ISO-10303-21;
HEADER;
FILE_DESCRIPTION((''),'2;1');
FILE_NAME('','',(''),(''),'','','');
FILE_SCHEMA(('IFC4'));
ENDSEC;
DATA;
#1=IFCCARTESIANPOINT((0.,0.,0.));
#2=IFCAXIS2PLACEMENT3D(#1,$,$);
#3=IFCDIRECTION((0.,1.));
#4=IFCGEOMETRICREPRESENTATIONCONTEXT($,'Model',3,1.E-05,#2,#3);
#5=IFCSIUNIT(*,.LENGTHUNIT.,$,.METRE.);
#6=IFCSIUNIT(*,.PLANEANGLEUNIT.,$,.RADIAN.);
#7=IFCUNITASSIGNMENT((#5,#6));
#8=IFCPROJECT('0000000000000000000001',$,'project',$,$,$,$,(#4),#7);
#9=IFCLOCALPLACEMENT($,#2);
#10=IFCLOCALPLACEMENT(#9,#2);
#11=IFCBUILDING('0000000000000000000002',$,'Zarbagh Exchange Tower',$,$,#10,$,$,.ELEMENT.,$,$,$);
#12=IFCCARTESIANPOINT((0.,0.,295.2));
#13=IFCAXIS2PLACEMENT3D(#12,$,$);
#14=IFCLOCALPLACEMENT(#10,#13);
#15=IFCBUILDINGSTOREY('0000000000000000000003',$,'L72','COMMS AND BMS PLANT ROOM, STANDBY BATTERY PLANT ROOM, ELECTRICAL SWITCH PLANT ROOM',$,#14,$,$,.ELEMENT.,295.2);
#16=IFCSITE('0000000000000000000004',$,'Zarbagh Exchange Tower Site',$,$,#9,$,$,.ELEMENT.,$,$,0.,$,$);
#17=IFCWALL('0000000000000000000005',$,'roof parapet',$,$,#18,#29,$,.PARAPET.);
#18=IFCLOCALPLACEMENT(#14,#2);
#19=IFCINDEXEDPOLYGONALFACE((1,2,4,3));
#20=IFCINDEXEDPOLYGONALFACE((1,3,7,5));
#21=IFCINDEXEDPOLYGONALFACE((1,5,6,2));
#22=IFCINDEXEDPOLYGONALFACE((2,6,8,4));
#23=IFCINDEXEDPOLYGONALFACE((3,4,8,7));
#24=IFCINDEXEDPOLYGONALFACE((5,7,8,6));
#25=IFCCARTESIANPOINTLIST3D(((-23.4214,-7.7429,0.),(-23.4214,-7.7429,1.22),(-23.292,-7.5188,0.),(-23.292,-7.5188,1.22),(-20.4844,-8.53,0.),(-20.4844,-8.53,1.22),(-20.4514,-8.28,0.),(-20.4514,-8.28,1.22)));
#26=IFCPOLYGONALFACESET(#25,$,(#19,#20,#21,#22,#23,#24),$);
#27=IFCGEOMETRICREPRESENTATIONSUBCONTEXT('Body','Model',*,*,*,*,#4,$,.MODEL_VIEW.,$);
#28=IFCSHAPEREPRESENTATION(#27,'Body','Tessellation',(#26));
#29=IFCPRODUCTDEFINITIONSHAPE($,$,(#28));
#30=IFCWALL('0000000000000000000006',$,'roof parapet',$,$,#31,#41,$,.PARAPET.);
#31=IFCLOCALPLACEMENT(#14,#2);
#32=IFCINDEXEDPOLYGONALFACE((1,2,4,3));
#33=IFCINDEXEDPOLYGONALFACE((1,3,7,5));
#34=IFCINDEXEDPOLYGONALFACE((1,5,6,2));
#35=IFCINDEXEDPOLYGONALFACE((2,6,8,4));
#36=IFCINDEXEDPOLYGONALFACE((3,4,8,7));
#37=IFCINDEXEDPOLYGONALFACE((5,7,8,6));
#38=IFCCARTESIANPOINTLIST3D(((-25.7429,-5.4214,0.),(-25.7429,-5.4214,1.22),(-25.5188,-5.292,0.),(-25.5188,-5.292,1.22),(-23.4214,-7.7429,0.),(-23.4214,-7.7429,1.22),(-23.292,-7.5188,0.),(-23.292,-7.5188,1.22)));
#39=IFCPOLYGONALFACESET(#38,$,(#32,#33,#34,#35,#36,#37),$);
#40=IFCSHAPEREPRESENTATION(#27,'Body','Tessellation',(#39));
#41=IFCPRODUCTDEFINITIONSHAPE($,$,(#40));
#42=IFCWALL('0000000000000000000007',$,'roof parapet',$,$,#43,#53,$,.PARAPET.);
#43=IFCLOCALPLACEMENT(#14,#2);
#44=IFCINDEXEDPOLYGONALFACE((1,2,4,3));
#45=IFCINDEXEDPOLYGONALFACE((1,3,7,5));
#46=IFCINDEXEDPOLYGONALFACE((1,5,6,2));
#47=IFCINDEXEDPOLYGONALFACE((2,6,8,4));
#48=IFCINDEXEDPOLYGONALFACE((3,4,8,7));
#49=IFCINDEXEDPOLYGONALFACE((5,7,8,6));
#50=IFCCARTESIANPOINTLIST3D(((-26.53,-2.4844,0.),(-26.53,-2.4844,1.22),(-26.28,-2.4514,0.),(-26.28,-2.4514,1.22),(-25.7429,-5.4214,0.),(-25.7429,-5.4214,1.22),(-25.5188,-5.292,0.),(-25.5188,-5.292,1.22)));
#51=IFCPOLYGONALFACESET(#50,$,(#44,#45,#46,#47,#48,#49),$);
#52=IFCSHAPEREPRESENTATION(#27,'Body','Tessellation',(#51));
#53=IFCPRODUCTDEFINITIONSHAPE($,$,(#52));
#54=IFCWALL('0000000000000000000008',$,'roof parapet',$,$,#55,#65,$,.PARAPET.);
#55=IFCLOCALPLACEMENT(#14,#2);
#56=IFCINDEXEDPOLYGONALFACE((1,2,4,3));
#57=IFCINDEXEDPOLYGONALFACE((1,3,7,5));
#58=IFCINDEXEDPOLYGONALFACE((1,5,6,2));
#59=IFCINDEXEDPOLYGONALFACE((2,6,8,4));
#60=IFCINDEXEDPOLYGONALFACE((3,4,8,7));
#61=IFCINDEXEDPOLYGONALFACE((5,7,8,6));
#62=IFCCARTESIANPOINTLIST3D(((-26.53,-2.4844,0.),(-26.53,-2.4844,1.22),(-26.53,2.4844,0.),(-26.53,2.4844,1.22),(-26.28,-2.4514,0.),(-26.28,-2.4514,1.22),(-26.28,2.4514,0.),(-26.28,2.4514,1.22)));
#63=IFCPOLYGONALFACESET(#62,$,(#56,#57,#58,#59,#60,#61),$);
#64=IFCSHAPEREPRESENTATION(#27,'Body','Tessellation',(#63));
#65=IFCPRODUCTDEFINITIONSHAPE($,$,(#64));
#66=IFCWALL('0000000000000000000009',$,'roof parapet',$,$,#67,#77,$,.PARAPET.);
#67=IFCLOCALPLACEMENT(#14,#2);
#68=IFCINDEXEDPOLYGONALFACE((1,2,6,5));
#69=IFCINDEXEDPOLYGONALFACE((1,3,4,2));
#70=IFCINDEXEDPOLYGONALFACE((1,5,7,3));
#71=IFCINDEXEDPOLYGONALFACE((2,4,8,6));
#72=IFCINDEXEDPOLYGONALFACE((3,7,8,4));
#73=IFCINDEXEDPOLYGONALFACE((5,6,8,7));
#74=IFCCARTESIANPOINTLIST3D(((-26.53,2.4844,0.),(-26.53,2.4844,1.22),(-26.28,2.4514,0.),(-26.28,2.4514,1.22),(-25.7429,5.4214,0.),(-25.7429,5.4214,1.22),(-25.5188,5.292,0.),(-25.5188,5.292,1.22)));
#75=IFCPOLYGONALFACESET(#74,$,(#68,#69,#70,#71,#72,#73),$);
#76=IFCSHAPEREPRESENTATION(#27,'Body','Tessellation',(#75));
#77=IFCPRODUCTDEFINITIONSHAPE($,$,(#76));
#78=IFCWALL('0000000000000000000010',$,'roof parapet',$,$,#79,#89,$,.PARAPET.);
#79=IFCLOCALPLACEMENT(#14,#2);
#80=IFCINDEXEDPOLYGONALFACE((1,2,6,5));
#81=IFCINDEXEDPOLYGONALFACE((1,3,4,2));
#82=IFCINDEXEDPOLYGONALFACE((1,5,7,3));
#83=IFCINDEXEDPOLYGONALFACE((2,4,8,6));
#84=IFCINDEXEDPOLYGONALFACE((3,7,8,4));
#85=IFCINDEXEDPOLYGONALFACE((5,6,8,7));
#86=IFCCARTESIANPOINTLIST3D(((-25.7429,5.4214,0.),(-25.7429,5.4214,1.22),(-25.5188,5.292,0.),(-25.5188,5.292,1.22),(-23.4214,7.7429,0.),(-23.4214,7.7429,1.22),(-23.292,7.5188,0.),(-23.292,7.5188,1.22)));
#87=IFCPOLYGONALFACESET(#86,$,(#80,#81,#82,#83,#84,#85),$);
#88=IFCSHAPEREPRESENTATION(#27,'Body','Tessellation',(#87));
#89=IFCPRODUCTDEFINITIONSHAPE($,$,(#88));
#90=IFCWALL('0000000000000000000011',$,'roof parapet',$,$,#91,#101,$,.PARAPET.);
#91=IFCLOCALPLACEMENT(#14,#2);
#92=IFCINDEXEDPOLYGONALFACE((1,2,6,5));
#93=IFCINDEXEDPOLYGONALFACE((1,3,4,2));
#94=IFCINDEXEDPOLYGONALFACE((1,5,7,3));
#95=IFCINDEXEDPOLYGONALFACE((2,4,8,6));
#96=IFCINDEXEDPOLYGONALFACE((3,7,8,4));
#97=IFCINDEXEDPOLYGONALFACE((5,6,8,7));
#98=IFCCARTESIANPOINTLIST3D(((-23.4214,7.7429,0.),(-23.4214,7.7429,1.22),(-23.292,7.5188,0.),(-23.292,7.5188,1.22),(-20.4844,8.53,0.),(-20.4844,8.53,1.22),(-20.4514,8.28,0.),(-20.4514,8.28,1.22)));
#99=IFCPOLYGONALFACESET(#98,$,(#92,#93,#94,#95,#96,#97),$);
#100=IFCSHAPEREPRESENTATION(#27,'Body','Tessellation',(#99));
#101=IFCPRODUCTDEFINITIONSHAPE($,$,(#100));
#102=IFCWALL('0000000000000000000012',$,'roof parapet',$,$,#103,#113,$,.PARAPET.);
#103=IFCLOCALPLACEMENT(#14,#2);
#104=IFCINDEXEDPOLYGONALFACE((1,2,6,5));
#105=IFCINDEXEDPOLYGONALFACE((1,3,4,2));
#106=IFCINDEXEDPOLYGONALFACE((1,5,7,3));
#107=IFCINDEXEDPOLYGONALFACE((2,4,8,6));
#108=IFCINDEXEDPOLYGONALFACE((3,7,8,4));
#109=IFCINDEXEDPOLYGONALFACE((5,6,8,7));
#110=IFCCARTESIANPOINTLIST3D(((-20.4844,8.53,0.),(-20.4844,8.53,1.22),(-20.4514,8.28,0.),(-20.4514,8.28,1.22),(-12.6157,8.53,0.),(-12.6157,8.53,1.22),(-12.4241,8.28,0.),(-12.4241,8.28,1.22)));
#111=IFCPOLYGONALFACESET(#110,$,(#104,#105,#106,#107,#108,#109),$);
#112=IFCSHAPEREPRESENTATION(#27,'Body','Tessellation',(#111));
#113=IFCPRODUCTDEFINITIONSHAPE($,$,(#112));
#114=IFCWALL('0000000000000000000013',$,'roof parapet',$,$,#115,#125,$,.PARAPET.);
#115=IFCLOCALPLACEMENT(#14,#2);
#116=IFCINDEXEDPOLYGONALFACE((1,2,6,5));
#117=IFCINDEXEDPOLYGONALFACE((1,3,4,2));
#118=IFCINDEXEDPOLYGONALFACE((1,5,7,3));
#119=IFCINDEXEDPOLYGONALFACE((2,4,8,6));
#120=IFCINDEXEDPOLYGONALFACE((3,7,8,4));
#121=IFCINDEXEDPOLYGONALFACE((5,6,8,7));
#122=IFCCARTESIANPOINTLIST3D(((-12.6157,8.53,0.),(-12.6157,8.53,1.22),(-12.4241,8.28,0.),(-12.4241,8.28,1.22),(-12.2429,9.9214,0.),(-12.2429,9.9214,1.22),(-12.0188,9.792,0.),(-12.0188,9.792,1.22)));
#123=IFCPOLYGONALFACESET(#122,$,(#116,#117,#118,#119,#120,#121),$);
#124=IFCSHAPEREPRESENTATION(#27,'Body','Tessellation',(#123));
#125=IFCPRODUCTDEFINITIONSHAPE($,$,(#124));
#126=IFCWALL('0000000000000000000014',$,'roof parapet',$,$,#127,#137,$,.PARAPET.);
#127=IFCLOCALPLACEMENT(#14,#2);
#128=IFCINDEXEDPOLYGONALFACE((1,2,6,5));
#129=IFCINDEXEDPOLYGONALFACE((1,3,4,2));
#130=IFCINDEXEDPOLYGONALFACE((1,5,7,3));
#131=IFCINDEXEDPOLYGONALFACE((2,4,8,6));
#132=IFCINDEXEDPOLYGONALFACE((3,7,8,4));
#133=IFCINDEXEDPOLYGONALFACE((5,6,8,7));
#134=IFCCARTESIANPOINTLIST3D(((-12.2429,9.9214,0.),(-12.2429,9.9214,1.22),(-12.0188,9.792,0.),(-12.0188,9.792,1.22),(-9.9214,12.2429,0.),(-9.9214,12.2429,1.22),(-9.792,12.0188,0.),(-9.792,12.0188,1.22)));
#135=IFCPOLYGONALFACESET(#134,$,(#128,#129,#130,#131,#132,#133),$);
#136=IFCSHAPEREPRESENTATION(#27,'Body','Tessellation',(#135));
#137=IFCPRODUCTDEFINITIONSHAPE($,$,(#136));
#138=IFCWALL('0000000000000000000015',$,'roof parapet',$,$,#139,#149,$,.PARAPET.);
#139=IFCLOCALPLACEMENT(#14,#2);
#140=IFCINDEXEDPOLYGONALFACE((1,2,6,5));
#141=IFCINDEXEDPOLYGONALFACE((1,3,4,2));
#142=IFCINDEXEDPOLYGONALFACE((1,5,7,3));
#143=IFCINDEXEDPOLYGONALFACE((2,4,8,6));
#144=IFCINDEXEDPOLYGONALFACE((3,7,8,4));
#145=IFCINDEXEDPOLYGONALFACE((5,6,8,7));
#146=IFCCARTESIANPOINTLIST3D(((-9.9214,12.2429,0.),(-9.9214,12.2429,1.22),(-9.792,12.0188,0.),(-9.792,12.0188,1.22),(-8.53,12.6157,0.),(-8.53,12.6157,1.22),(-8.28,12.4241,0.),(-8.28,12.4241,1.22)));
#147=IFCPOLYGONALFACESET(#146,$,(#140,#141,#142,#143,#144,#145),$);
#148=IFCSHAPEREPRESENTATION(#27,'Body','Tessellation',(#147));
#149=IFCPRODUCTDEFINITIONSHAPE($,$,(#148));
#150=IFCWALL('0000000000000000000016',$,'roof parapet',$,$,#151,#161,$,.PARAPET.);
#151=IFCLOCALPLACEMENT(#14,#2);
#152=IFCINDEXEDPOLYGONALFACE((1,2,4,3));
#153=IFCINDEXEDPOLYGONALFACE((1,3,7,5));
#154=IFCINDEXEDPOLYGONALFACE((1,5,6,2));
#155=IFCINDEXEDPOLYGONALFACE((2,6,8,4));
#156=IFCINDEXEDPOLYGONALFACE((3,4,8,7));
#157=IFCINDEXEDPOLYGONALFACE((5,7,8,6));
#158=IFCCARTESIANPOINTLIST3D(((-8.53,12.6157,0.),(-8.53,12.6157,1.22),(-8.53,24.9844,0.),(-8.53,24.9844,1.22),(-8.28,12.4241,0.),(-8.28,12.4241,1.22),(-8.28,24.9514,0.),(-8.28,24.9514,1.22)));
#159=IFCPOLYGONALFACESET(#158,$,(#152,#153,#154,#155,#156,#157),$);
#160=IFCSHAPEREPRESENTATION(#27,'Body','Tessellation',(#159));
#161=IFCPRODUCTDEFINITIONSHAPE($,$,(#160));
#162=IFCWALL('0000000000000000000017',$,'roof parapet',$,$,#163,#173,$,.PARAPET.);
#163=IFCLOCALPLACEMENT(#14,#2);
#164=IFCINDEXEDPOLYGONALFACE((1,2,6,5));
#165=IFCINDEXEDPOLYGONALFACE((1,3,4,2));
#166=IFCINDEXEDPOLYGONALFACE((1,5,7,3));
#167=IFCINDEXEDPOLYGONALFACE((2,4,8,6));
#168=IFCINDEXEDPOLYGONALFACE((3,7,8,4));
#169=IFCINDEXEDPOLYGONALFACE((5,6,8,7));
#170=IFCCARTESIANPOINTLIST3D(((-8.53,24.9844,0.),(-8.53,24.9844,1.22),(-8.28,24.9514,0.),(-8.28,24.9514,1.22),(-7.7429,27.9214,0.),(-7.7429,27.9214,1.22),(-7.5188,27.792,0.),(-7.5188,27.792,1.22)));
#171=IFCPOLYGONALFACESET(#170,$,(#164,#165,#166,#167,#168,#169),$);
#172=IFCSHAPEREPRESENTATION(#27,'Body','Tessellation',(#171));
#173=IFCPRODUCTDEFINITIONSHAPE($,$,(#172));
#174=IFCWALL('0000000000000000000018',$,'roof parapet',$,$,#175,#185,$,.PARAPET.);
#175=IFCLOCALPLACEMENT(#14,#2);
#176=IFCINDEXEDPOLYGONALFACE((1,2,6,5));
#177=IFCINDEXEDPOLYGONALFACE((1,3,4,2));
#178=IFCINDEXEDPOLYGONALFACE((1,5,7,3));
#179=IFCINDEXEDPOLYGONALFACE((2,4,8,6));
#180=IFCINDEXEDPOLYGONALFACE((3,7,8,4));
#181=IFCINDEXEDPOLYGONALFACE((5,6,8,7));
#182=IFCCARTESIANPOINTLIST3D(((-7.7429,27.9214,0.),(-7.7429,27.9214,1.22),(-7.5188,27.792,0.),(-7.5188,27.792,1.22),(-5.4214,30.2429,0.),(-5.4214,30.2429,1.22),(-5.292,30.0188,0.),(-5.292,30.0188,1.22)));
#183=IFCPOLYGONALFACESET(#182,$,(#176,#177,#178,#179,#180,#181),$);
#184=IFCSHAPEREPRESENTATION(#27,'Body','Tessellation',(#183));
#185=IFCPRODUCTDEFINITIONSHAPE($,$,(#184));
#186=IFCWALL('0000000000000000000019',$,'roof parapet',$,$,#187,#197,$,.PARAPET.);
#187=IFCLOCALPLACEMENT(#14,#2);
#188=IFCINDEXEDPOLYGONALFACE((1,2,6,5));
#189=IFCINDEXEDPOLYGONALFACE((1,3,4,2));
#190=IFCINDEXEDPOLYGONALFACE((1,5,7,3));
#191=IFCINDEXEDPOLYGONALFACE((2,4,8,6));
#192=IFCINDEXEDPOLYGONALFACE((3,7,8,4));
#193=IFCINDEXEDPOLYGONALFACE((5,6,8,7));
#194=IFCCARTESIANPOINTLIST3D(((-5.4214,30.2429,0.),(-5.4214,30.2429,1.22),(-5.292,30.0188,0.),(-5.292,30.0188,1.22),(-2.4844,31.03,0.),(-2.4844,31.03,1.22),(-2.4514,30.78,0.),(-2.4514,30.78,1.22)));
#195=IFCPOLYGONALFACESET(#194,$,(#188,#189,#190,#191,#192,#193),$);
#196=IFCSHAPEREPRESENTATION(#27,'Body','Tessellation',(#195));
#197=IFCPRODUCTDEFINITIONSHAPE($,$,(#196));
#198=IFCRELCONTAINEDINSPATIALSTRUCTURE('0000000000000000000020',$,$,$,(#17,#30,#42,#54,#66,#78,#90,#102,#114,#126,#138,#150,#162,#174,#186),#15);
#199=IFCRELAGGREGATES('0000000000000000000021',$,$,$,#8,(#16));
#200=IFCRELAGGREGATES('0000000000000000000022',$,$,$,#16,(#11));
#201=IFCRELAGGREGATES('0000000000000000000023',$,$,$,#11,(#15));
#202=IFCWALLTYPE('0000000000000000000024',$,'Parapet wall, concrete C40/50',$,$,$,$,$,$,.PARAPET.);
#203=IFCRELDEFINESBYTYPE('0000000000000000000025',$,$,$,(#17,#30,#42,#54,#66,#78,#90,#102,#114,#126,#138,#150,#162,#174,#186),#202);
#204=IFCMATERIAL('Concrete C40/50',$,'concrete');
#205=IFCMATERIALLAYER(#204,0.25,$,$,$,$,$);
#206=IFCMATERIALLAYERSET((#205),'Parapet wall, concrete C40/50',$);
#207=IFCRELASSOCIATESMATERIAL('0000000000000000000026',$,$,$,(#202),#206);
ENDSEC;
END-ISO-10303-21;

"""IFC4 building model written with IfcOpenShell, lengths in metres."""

from ifc_helpers import new_model, si_unit, direction, frame, origin, place, context, subcontext, project, spatial, polyline, outline, extrude, material, layer, layer_set, type_object, element, save


model = new_model("IFC4")

# Units and contexts
model_context = context("Model", 3, precision=1e-05, world=origin(), true_north=direction((0.0, 1.0)))
body_context = subcontext(model_context, "Body", "Model", "MODEL_VIEW")
ifc_project = project(units=[si_unit("LENGTHUNIT", "METRE"), si_unit("PLANEANGLEUNIT", "RADIAN")], contexts=[model_context])

# Site, building, storey
site_placement = place(None, origin())
site = spatial("IfcSite", under=ifc_project, at=site_placement, Name="Zarbagh Exchange Tower Site", CompositionType="ELEMENT", RefElevation=0.0)
building_placement = place(site_placement, origin())
building = spatial("IfcBuilding", under=site, at=building_placement, Name="Zarbagh Exchange Tower", CompositionType="ELEMENT")
storey_placement = place(building_placement, frame((0.0, 0.0, 295.2)))
storey = spatial("IfcBuildingStorey", under=building, at=storey_placement, Name="L72", Description="COMMS AND BMS PLANT ROOM, STANDBY BATTERY PLANT ROOM, ELECTRICAL SWITCH PLANT ROOM", CompositionType="ELEMENT", Elevation=295.2)

# Walls
ifc_material = material(Name="Concrete C40/50", Category="concrete")
ifc_layer = layer(ifc_material, 0.25)
ifc_layer_set = layer_set([ifc_layer], Name="Parapet wall, concrete C40/50")
wall_type = type_object("IfcWallType", Name="Parapet wall, concrete C40/50", PredefinedType="PARAPET", material=ifc_layer_set)
wall_1_placement = place(storey_placement, origin())
element("IfcWall", 1, at=wall_1_placement, inside=storey, type_object=wall_type, Name="roof parapet", PredefinedType="PARAPET", context=body_context, shape_type="SweptSolid", body=[
    extrude(outline(polyline([(-20.4844, -8.53), (-23.4214, -7.7429), (-23.292, -7.5188), (-20.4514, -8.28), (-20.4844, -8.53)])), origin(), (0.0, 0.0, 1.0), 1.22),
])
wall_2_placement = place(storey_placement, origin())
element("IfcWall", 2, at=wall_2_placement, inside=storey, type_object=wall_type, Name="roof parapet", PredefinedType="PARAPET", context=body_context, shape_type="SweptSolid", body=[
    extrude(outline(polyline([(-23.4214, -7.7429), (-25.7429, -5.4214), (-25.5188, -5.292), (-23.292, -7.5188), (-23.4214, -7.7429)])), origin(), (0.0, 0.0, 1.0), 1.22),
])
wall_3_placement = place(storey_placement, origin())
element("IfcWall", 3, at=wall_3_placement, inside=storey, type_object=wall_type, Name="roof parapet", PredefinedType="PARAPET", context=body_context, shape_type="SweptSolid", body=[
    extrude(outline(polyline([(-25.7429, -5.4214), (-26.53, -2.4844), (-26.28, -2.4514), (-25.5188, -5.292), (-25.7429, -5.4214)])), origin(), (0.0, 0.0, 1.0), 1.22),
])
wall_4_placement = place(storey_placement, origin())
element("IfcWall", 4, at=wall_4_placement, inside=storey, type_object=wall_type, Name="roof parapet", PredefinedType="PARAPET", context=body_context, shape_type="SweptSolid", body=[
    extrude(outline(polyline([(-26.53, -2.4844), (-26.53, 2.4844), (-26.28, 2.4514), (-26.28, -2.4514), (-26.53, -2.4844)])), origin(), (0.0, 0.0, 1.0), 1.22),
])
wall_5_placement = place(storey_placement, origin())
element("IfcWall", 5, at=wall_5_placement, inside=storey, type_object=wall_type, Name="roof parapet", PredefinedType="PARAPET", context=body_context, shape_type="SweptSolid", body=[
    extrude(outline(polyline([(-26.53, 2.4844), (-25.7429, 5.4214), (-25.5188, 5.292), (-26.28, 2.4514), (-26.53, 2.4844)])), origin(), (0.0, 0.0, 1.0), 1.22),
])
wall_6_placement = place(storey_placement, origin())
element("IfcWall", 6, at=wall_6_placement, inside=storey, type_object=wall_type, Name="roof parapet", PredefinedType="PARAPET", context=body_context, shape_type="SweptSolid", body=[
    extrude(outline(polyline([(-25.7429, 5.4214), (-23.4214, 7.7429), (-23.292, 7.5188), (-25.5188, 5.292), (-25.7429, 5.4214)])), origin(), (0.0, 0.0, 1.0), 1.22),
])
wall_7_placement = place(storey_placement, origin())
element("IfcWall", 7, at=wall_7_placement, inside=storey, type_object=wall_type, Name="roof parapet", PredefinedType="PARAPET", context=body_context, shape_type="SweptSolid", body=[
    extrude(outline(polyline([(-23.4214, 7.7429), (-20.4844, 8.53), (-20.4514, 8.28), (-23.292, 7.5188), (-23.4214, 7.7429)])), origin(), (0.0, 0.0, 1.0), 1.22),
])
wall_8_placement = place(storey_placement, origin())
element("IfcWall", 8, at=wall_8_placement, inside=storey, type_object=wall_type, Name="roof parapet", PredefinedType="PARAPET", context=body_context, shape_type="SweptSolid", body=[
    extrude(outline(polyline([(-20.4844, 8.53), (-12.6157, 8.53), (-12.4241, 8.28), (-20.4514, 8.28), (-20.4844, 8.53)])), origin(), (0.0, 0.0, 1.0), 1.22),
])
wall_9_placement = place(storey_placement, origin())
element("IfcWall", 9, at=wall_9_placement, inside=storey, type_object=wall_type, Name="roof parapet", PredefinedType="PARAPET", context=body_context, shape_type="SweptSolid", body=[
    extrude(outline(polyline([(-12.6157, 8.53), (-12.2429, 9.9214), (-12.0188, 9.792), (-12.4241, 8.28), (-12.6157, 8.53)])), origin(), (0.0, 0.0, 1.0), 1.22),
])
wall_10_placement = place(storey_placement, origin())
element("IfcWall", 10, at=wall_10_placement, inside=storey, type_object=wall_type, Name="roof parapet", PredefinedType="PARAPET", context=body_context, shape_type="SweptSolid", body=[
    extrude(outline(polyline([(-12.2429, 9.9214), (-9.9214, 12.2429), (-9.792, 12.0188), (-12.0188, 9.792), (-12.2429, 9.9214)])), origin(), (0.0, 0.0, 1.0), 1.22),
])
wall_11_placement = place(storey_placement, origin())
element("IfcWall", 11, at=wall_11_placement, inside=storey, type_object=wall_type, Name="roof parapet", PredefinedType="PARAPET", context=body_context, shape_type="SweptSolid", body=[
    extrude(outline(polyline([(-9.9214, 12.2429), (-8.53, 12.6157), (-8.28, 12.4241), (-9.792, 12.0188), (-9.9214, 12.2429)])), origin(), (0.0, 0.0, 1.0), 1.22),
])
wall_12_placement = place(storey_placement, origin())
element("IfcWall", 12, at=wall_12_placement, inside=storey, type_object=wall_type, Name="roof parapet", PredefinedType="PARAPET", context=body_context, shape_type="SweptSolid", body=[
    extrude(outline(polyline([(-8.53, 12.6157), (-8.53, 24.9844), (-8.28, 24.9514), (-8.28, 12.4241), (-8.53, 12.6157)])), origin(), (0.0, 0.0, 1.0), 1.22),
])
wall_13_placement = place(storey_placement, origin())
element("IfcWall", 13, at=wall_13_placement, inside=storey, type_object=wall_type, Name="roof parapet", PredefinedType="PARAPET", context=body_context, shape_type="SweptSolid", body=[
    extrude(outline(polyline([(-8.53, 24.9844), (-7.7429, 27.9214), (-7.5188, 27.792), (-8.28, 24.9514), (-8.53, 24.9844)])), origin(), (0.0, 0.0, 1.0), 1.22),
])
wall_14_placement = place(storey_placement, origin())
element("IfcWall", 14, at=wall_14_placement, inside=storey, type_object=wall_type, Name="roof parapet", PredefinedType="PARAPET", context=body_context, shape_type="SweptSolid", body=[
    extrude(outline(polyline([(-7.7429, 27.9214), (-5.4214, 30.2429), (-5.292, 30.0188), (-7.5188, 27.792), (-7.7429, 27.9214)])), origin(), (0.0, 0.0, 1.0), 1.22),
])
wall_15_placement = place(storey_placement, origin())
element("IfcWall", 15, at=wall_15_placement, inside=storey, type_object=wall_type, Name="roof parapet", PredefinedType="PARAPET", context=body_context, shape_type="SweptSolid", body=[
    extrude(outline(polyline([(-5.4214, 30.2429), (-2.4844, 31.03), (-2.4514, 30.78), (-5.292, 30.0188), (-5.4214, 30.2429)])), origin(), (0.0, 0.0, 1.0), 1.22),
])

save(model, "model.ifc")
